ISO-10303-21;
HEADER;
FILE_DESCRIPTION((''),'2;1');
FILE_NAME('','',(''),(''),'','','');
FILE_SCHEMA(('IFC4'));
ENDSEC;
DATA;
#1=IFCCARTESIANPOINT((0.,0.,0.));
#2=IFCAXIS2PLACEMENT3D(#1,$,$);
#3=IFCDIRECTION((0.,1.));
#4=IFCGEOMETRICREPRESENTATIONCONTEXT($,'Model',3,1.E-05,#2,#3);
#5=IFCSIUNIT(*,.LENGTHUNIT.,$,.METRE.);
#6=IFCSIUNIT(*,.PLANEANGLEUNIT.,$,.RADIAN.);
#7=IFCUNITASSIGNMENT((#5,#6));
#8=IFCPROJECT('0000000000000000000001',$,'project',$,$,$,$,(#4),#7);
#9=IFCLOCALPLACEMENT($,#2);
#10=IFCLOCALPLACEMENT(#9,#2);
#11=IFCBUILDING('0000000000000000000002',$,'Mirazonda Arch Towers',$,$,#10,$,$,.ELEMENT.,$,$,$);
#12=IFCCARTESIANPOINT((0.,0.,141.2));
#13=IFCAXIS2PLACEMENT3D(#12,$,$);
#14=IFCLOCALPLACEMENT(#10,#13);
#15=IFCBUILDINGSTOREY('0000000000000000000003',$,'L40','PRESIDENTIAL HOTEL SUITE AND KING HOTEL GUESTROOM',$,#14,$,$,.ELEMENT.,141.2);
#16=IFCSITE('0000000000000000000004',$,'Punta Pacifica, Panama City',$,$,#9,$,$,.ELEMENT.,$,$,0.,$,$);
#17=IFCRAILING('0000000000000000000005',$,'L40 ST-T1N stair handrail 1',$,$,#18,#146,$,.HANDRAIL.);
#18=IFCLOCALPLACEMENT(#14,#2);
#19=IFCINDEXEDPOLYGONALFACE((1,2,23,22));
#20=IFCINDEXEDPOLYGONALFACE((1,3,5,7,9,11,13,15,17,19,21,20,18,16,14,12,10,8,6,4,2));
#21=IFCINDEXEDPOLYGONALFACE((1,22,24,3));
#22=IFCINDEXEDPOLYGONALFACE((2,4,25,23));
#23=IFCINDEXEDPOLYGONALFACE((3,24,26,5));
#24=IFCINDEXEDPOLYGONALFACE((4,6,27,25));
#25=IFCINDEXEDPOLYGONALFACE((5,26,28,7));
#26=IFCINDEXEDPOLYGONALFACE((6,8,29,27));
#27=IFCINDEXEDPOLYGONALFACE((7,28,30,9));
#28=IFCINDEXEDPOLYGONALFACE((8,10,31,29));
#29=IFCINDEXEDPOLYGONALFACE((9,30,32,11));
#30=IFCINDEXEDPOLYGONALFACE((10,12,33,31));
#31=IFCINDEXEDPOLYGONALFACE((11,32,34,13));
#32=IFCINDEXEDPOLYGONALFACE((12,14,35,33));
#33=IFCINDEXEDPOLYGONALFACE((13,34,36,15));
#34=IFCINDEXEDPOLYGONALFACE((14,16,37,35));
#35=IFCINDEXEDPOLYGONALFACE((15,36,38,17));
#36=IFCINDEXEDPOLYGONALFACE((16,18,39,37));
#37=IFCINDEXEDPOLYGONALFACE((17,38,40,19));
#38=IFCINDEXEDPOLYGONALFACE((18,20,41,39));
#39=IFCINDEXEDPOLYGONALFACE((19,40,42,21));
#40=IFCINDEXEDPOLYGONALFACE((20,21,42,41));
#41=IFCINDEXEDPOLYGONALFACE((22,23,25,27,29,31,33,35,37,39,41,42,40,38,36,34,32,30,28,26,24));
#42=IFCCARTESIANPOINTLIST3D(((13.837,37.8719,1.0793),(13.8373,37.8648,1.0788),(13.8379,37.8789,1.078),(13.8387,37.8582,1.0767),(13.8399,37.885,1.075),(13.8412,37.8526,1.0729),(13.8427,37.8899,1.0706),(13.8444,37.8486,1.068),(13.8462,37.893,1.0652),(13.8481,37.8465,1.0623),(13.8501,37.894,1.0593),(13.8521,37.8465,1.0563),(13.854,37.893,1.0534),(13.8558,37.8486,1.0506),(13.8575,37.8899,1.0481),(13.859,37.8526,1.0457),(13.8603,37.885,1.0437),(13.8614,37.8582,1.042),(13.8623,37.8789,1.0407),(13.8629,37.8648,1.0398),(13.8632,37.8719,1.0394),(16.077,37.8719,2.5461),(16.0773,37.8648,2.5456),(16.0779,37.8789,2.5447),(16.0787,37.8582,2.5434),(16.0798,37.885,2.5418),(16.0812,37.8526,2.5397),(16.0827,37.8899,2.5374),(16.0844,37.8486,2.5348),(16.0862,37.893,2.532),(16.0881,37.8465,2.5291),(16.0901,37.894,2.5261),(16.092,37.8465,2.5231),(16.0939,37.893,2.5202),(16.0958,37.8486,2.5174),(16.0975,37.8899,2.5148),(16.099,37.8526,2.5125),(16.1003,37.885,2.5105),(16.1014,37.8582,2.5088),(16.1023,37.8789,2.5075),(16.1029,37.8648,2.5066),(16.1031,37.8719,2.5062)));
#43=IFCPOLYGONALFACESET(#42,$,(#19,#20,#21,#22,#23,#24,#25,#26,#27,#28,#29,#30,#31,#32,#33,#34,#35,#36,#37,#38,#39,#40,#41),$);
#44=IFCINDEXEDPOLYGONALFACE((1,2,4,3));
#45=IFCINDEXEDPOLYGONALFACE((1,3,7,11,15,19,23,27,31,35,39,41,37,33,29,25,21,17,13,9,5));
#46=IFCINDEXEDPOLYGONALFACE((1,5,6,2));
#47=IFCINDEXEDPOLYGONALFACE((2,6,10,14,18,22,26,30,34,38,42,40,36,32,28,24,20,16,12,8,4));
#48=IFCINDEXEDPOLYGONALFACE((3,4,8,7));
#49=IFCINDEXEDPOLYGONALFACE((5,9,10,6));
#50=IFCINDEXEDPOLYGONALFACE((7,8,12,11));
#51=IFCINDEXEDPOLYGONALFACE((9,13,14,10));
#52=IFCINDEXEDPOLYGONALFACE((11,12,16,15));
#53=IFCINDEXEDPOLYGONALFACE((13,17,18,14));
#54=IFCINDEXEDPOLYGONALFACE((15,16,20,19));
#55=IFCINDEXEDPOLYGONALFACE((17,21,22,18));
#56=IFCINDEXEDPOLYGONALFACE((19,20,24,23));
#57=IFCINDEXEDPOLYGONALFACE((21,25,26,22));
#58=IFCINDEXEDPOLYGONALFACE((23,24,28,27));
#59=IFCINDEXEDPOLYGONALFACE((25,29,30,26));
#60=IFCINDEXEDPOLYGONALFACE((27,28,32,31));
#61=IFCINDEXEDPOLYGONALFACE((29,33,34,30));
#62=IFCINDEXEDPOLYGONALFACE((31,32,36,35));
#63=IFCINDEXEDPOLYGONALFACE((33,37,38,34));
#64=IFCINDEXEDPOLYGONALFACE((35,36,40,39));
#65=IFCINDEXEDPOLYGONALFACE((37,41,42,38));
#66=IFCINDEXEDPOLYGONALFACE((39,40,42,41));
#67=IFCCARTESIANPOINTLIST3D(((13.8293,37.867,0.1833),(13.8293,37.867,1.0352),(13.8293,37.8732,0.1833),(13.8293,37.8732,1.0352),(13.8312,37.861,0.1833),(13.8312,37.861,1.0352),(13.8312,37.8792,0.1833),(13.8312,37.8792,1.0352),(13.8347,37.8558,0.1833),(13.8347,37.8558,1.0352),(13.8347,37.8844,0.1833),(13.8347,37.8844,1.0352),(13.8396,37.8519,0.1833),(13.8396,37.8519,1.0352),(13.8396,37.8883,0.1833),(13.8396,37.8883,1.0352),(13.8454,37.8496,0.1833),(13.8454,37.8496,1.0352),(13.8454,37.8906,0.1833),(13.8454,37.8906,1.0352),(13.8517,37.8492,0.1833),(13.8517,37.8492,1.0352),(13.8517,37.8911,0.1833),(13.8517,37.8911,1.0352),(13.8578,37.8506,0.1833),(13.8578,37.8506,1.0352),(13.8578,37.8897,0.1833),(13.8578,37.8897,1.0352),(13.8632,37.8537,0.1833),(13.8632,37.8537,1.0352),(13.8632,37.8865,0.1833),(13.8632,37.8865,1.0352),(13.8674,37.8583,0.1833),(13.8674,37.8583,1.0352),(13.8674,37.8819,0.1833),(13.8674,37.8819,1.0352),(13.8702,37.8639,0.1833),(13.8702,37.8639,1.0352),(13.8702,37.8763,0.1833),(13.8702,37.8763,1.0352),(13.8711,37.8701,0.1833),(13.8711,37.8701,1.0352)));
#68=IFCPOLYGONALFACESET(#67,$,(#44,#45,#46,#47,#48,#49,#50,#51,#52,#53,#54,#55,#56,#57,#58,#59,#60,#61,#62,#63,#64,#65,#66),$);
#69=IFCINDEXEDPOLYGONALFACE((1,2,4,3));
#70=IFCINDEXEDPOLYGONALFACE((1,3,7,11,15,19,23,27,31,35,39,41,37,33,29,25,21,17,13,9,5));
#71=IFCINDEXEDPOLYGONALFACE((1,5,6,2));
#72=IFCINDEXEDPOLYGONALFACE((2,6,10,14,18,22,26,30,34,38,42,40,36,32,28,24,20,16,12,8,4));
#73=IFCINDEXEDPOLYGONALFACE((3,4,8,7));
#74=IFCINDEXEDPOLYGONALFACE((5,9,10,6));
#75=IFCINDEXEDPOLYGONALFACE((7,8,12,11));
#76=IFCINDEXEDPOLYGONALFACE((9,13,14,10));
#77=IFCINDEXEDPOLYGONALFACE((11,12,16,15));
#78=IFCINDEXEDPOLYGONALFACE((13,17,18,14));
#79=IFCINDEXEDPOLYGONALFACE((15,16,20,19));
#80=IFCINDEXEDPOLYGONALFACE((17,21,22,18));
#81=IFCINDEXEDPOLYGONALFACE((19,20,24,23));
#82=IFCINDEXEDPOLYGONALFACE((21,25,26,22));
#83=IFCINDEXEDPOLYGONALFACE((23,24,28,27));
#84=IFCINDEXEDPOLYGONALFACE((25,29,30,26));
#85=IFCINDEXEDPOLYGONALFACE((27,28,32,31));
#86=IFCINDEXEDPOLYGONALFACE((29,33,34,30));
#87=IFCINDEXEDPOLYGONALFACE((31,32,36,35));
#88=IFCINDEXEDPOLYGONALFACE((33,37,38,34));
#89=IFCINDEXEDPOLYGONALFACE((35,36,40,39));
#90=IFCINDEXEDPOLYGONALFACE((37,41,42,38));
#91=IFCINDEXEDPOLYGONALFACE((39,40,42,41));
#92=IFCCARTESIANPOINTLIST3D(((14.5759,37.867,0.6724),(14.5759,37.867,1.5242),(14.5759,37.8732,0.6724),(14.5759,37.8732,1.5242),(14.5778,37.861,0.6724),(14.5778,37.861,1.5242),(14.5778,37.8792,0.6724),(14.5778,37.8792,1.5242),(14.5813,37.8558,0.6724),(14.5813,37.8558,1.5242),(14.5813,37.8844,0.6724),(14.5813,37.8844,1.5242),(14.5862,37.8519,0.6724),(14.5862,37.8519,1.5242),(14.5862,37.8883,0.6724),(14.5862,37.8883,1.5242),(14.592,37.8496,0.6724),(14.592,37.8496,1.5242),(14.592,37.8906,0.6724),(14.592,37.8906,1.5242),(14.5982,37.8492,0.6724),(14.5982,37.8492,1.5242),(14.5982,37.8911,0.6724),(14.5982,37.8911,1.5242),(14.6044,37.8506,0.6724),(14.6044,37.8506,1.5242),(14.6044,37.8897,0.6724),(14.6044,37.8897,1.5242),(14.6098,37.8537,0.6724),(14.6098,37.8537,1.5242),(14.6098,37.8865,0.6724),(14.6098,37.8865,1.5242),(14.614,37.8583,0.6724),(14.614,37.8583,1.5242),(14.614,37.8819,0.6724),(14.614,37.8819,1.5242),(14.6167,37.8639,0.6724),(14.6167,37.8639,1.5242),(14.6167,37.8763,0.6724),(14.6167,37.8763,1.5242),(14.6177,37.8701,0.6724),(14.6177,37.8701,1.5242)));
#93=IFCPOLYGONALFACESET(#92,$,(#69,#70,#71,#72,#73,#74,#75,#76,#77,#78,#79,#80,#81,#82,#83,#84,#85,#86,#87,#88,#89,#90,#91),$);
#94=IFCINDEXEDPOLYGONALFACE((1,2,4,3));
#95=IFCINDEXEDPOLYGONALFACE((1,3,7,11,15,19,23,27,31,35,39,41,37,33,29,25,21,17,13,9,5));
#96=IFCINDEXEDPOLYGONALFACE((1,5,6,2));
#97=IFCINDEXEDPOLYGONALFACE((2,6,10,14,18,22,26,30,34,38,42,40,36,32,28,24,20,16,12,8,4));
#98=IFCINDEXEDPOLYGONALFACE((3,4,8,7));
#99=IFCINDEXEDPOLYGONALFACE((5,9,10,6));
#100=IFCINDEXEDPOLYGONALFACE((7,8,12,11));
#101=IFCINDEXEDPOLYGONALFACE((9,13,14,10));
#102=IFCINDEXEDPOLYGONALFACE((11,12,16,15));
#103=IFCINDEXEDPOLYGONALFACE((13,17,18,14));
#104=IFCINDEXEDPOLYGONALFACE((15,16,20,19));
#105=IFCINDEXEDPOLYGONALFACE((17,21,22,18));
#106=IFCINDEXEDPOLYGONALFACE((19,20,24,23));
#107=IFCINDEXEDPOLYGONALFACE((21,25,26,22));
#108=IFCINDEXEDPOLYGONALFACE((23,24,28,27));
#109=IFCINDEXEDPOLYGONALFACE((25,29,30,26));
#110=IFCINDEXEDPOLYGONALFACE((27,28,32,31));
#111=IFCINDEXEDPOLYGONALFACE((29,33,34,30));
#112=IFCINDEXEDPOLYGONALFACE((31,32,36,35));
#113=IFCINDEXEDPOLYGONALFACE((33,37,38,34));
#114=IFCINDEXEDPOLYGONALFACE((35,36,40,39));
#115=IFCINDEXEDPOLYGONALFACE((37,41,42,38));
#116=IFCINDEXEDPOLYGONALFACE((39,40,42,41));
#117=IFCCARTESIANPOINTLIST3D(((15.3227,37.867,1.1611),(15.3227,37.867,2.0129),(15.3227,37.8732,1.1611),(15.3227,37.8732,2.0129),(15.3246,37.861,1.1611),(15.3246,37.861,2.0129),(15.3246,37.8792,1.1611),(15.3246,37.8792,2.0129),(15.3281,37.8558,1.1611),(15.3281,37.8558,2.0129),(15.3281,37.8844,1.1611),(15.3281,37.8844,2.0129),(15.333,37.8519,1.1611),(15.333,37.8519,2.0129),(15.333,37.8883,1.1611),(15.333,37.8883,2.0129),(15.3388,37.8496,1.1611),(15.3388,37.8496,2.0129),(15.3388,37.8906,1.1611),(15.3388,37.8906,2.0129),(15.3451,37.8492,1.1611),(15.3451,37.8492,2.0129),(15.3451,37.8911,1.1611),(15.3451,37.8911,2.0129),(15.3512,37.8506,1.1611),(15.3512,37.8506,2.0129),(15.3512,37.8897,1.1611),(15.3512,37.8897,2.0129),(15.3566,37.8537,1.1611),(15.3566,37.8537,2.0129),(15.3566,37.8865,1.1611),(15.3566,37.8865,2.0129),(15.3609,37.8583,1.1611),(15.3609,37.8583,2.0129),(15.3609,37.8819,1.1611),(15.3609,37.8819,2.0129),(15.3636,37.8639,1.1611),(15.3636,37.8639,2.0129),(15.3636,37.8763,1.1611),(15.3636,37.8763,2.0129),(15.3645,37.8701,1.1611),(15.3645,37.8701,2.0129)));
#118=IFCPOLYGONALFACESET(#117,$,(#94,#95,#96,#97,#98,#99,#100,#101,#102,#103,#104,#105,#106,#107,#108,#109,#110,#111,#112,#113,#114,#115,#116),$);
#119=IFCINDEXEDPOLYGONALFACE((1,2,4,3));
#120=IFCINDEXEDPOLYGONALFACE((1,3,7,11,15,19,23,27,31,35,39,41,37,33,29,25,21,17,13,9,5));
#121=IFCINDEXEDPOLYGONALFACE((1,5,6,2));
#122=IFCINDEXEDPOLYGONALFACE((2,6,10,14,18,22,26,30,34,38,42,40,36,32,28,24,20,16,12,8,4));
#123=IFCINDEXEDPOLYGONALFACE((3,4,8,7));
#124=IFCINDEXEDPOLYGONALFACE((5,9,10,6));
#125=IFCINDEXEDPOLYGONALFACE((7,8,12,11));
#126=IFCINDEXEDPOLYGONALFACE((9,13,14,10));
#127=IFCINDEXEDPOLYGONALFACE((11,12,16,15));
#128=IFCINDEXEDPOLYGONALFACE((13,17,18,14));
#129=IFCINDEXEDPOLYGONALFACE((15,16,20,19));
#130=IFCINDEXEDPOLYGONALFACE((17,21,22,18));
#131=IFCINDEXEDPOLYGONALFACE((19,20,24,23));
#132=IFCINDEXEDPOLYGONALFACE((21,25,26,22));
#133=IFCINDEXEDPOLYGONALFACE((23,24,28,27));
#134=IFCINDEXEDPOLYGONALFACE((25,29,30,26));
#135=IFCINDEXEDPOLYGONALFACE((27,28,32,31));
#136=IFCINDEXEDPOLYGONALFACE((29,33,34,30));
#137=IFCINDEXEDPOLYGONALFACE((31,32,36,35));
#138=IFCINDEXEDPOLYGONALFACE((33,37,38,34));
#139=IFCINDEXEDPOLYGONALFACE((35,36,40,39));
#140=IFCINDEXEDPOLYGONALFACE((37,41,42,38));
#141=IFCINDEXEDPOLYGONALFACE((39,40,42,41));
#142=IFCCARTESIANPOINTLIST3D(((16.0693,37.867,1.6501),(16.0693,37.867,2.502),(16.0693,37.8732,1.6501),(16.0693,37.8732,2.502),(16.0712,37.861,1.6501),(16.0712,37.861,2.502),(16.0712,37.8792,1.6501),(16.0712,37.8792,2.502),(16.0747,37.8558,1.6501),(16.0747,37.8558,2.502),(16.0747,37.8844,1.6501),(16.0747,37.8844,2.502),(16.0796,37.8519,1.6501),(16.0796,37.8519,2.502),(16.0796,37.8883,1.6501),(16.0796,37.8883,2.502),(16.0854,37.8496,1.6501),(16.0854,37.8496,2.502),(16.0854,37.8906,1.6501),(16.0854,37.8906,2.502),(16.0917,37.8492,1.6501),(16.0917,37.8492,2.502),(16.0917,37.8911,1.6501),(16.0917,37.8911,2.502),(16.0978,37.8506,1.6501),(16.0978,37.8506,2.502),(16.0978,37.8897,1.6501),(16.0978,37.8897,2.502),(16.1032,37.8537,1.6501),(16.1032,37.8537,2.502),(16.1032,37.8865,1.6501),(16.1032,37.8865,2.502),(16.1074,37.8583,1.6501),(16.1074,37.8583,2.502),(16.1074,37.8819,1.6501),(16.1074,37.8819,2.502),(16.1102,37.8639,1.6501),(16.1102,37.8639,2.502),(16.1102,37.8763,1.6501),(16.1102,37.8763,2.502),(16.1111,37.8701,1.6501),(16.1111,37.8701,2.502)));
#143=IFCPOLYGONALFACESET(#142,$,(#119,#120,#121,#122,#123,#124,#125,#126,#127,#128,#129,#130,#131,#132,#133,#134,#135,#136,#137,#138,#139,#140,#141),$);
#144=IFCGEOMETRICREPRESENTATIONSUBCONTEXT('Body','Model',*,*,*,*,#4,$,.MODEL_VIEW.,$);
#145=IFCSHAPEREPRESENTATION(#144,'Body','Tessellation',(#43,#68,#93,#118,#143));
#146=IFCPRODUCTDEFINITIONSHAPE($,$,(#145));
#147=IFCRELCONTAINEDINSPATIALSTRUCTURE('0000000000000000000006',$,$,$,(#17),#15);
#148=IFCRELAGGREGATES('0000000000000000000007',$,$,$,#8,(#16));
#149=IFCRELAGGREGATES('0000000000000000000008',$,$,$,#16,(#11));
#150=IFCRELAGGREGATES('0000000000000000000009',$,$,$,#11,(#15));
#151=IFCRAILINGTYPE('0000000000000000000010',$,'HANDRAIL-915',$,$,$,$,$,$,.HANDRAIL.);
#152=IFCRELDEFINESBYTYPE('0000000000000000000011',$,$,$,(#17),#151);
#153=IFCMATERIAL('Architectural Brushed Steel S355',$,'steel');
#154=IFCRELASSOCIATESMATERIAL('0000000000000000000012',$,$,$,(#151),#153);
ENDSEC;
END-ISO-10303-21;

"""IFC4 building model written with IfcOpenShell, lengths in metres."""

from ifc_helpers import new_model, si_unit, direction, frame, origin, origin_2d, place, context, subcontext, project, spatial, circle, extrude, material, type_object, element, save


model = new_model("IFC4")

# Units and contexts
model_context = context("Model", 3, precision=1e-05, world=origin(), true_north=direction((0.0, 1.0)))
body_context = subcontext(model_context, "Body", "Model", "MODEL_VIEW")
ifc_project = project(units=[si_unit("LENGTHUNIT", "METRE"), si_unit("PLANEANGLEUNIT", "RADIAN")], contexts=[model_context])

# Site, building, storey
site_placement = place(None, origin())
site = spatial("IfcSite", under=ifc_project, at=site_placement, Name="Punta Pacifica, Panama City", CompositionType="ELEMENT", RefElevation=0.0)
building_placement = place(site_placement, origin())
building = spatial("IfcBuilding", under=site, at=building_placement, Name="Mirazonda Arch Towers", CompositionType="ELEMENT")
storey_placement = place(building_placement, frame((0.0, 0.0, 141.2)))
storey = spatial("IfcBuildingStorey", under=building, at=storey_placement, Name="L40", Description="PRESIDENTIAL HOTEL SUITE AND KING HOTEL GUESTROOM", CompositionType="ELEMENT", Elevation=141.2)

# Shared definitions
ifc_material_1 = material(Name="Architectural Brushed Steel S355", Category="steel")

# Railing
railing_type_1 = type_object("IfcRailingType", Name="HANDRAIL-915", PredefinedType="HANDRAIL", material=ifc_material_1)
railing_1_placement = place(storey_placement, frame((13.8501, 37.8701, 0.1833)))
element("IfcRailing", 1, at=railing_1_placement, inside=storey, type_object=railing_type_1, Name="L40 ST-T1N stair handrail 1", PredefinedType="HANDRAIL", context=body_context, shape_type="SweptSolid", body=[
    extrude(circle(Radius=0.0239, at=origin_2d()), frame((0.0, 0.0, 0.876), z_axis=(0.836595, 0.0, 0.547822), x_axis=(0.0, 1.0, 0.0)), (0.0, 0.0, 1.0), 2.6775),
    extrude(circle(Radius=0.021, at=origin_2d()), origin(), (0.0, 0.0, 1.0), 0.8518),
    extrude(circle(Radius=0.021, at=origin_2d()), frame((0.7466, 0.0, 0.489)), (0.0, 0.0, 1.0), 0.8518),
    extrude(circle(Radius=0.021, at=origin_2d()), frame((1.4934, 0.0, 0.9778)), (0.0, 0.0, 1.0), 0.8518),
    extrude(circle(Radius=0.021, at=origin_2d()), frame((2.24, 0.0, 1.4668)), (0.0, 0.0, 1.0), 0.8518),
])

save(model, "model.ifc")
